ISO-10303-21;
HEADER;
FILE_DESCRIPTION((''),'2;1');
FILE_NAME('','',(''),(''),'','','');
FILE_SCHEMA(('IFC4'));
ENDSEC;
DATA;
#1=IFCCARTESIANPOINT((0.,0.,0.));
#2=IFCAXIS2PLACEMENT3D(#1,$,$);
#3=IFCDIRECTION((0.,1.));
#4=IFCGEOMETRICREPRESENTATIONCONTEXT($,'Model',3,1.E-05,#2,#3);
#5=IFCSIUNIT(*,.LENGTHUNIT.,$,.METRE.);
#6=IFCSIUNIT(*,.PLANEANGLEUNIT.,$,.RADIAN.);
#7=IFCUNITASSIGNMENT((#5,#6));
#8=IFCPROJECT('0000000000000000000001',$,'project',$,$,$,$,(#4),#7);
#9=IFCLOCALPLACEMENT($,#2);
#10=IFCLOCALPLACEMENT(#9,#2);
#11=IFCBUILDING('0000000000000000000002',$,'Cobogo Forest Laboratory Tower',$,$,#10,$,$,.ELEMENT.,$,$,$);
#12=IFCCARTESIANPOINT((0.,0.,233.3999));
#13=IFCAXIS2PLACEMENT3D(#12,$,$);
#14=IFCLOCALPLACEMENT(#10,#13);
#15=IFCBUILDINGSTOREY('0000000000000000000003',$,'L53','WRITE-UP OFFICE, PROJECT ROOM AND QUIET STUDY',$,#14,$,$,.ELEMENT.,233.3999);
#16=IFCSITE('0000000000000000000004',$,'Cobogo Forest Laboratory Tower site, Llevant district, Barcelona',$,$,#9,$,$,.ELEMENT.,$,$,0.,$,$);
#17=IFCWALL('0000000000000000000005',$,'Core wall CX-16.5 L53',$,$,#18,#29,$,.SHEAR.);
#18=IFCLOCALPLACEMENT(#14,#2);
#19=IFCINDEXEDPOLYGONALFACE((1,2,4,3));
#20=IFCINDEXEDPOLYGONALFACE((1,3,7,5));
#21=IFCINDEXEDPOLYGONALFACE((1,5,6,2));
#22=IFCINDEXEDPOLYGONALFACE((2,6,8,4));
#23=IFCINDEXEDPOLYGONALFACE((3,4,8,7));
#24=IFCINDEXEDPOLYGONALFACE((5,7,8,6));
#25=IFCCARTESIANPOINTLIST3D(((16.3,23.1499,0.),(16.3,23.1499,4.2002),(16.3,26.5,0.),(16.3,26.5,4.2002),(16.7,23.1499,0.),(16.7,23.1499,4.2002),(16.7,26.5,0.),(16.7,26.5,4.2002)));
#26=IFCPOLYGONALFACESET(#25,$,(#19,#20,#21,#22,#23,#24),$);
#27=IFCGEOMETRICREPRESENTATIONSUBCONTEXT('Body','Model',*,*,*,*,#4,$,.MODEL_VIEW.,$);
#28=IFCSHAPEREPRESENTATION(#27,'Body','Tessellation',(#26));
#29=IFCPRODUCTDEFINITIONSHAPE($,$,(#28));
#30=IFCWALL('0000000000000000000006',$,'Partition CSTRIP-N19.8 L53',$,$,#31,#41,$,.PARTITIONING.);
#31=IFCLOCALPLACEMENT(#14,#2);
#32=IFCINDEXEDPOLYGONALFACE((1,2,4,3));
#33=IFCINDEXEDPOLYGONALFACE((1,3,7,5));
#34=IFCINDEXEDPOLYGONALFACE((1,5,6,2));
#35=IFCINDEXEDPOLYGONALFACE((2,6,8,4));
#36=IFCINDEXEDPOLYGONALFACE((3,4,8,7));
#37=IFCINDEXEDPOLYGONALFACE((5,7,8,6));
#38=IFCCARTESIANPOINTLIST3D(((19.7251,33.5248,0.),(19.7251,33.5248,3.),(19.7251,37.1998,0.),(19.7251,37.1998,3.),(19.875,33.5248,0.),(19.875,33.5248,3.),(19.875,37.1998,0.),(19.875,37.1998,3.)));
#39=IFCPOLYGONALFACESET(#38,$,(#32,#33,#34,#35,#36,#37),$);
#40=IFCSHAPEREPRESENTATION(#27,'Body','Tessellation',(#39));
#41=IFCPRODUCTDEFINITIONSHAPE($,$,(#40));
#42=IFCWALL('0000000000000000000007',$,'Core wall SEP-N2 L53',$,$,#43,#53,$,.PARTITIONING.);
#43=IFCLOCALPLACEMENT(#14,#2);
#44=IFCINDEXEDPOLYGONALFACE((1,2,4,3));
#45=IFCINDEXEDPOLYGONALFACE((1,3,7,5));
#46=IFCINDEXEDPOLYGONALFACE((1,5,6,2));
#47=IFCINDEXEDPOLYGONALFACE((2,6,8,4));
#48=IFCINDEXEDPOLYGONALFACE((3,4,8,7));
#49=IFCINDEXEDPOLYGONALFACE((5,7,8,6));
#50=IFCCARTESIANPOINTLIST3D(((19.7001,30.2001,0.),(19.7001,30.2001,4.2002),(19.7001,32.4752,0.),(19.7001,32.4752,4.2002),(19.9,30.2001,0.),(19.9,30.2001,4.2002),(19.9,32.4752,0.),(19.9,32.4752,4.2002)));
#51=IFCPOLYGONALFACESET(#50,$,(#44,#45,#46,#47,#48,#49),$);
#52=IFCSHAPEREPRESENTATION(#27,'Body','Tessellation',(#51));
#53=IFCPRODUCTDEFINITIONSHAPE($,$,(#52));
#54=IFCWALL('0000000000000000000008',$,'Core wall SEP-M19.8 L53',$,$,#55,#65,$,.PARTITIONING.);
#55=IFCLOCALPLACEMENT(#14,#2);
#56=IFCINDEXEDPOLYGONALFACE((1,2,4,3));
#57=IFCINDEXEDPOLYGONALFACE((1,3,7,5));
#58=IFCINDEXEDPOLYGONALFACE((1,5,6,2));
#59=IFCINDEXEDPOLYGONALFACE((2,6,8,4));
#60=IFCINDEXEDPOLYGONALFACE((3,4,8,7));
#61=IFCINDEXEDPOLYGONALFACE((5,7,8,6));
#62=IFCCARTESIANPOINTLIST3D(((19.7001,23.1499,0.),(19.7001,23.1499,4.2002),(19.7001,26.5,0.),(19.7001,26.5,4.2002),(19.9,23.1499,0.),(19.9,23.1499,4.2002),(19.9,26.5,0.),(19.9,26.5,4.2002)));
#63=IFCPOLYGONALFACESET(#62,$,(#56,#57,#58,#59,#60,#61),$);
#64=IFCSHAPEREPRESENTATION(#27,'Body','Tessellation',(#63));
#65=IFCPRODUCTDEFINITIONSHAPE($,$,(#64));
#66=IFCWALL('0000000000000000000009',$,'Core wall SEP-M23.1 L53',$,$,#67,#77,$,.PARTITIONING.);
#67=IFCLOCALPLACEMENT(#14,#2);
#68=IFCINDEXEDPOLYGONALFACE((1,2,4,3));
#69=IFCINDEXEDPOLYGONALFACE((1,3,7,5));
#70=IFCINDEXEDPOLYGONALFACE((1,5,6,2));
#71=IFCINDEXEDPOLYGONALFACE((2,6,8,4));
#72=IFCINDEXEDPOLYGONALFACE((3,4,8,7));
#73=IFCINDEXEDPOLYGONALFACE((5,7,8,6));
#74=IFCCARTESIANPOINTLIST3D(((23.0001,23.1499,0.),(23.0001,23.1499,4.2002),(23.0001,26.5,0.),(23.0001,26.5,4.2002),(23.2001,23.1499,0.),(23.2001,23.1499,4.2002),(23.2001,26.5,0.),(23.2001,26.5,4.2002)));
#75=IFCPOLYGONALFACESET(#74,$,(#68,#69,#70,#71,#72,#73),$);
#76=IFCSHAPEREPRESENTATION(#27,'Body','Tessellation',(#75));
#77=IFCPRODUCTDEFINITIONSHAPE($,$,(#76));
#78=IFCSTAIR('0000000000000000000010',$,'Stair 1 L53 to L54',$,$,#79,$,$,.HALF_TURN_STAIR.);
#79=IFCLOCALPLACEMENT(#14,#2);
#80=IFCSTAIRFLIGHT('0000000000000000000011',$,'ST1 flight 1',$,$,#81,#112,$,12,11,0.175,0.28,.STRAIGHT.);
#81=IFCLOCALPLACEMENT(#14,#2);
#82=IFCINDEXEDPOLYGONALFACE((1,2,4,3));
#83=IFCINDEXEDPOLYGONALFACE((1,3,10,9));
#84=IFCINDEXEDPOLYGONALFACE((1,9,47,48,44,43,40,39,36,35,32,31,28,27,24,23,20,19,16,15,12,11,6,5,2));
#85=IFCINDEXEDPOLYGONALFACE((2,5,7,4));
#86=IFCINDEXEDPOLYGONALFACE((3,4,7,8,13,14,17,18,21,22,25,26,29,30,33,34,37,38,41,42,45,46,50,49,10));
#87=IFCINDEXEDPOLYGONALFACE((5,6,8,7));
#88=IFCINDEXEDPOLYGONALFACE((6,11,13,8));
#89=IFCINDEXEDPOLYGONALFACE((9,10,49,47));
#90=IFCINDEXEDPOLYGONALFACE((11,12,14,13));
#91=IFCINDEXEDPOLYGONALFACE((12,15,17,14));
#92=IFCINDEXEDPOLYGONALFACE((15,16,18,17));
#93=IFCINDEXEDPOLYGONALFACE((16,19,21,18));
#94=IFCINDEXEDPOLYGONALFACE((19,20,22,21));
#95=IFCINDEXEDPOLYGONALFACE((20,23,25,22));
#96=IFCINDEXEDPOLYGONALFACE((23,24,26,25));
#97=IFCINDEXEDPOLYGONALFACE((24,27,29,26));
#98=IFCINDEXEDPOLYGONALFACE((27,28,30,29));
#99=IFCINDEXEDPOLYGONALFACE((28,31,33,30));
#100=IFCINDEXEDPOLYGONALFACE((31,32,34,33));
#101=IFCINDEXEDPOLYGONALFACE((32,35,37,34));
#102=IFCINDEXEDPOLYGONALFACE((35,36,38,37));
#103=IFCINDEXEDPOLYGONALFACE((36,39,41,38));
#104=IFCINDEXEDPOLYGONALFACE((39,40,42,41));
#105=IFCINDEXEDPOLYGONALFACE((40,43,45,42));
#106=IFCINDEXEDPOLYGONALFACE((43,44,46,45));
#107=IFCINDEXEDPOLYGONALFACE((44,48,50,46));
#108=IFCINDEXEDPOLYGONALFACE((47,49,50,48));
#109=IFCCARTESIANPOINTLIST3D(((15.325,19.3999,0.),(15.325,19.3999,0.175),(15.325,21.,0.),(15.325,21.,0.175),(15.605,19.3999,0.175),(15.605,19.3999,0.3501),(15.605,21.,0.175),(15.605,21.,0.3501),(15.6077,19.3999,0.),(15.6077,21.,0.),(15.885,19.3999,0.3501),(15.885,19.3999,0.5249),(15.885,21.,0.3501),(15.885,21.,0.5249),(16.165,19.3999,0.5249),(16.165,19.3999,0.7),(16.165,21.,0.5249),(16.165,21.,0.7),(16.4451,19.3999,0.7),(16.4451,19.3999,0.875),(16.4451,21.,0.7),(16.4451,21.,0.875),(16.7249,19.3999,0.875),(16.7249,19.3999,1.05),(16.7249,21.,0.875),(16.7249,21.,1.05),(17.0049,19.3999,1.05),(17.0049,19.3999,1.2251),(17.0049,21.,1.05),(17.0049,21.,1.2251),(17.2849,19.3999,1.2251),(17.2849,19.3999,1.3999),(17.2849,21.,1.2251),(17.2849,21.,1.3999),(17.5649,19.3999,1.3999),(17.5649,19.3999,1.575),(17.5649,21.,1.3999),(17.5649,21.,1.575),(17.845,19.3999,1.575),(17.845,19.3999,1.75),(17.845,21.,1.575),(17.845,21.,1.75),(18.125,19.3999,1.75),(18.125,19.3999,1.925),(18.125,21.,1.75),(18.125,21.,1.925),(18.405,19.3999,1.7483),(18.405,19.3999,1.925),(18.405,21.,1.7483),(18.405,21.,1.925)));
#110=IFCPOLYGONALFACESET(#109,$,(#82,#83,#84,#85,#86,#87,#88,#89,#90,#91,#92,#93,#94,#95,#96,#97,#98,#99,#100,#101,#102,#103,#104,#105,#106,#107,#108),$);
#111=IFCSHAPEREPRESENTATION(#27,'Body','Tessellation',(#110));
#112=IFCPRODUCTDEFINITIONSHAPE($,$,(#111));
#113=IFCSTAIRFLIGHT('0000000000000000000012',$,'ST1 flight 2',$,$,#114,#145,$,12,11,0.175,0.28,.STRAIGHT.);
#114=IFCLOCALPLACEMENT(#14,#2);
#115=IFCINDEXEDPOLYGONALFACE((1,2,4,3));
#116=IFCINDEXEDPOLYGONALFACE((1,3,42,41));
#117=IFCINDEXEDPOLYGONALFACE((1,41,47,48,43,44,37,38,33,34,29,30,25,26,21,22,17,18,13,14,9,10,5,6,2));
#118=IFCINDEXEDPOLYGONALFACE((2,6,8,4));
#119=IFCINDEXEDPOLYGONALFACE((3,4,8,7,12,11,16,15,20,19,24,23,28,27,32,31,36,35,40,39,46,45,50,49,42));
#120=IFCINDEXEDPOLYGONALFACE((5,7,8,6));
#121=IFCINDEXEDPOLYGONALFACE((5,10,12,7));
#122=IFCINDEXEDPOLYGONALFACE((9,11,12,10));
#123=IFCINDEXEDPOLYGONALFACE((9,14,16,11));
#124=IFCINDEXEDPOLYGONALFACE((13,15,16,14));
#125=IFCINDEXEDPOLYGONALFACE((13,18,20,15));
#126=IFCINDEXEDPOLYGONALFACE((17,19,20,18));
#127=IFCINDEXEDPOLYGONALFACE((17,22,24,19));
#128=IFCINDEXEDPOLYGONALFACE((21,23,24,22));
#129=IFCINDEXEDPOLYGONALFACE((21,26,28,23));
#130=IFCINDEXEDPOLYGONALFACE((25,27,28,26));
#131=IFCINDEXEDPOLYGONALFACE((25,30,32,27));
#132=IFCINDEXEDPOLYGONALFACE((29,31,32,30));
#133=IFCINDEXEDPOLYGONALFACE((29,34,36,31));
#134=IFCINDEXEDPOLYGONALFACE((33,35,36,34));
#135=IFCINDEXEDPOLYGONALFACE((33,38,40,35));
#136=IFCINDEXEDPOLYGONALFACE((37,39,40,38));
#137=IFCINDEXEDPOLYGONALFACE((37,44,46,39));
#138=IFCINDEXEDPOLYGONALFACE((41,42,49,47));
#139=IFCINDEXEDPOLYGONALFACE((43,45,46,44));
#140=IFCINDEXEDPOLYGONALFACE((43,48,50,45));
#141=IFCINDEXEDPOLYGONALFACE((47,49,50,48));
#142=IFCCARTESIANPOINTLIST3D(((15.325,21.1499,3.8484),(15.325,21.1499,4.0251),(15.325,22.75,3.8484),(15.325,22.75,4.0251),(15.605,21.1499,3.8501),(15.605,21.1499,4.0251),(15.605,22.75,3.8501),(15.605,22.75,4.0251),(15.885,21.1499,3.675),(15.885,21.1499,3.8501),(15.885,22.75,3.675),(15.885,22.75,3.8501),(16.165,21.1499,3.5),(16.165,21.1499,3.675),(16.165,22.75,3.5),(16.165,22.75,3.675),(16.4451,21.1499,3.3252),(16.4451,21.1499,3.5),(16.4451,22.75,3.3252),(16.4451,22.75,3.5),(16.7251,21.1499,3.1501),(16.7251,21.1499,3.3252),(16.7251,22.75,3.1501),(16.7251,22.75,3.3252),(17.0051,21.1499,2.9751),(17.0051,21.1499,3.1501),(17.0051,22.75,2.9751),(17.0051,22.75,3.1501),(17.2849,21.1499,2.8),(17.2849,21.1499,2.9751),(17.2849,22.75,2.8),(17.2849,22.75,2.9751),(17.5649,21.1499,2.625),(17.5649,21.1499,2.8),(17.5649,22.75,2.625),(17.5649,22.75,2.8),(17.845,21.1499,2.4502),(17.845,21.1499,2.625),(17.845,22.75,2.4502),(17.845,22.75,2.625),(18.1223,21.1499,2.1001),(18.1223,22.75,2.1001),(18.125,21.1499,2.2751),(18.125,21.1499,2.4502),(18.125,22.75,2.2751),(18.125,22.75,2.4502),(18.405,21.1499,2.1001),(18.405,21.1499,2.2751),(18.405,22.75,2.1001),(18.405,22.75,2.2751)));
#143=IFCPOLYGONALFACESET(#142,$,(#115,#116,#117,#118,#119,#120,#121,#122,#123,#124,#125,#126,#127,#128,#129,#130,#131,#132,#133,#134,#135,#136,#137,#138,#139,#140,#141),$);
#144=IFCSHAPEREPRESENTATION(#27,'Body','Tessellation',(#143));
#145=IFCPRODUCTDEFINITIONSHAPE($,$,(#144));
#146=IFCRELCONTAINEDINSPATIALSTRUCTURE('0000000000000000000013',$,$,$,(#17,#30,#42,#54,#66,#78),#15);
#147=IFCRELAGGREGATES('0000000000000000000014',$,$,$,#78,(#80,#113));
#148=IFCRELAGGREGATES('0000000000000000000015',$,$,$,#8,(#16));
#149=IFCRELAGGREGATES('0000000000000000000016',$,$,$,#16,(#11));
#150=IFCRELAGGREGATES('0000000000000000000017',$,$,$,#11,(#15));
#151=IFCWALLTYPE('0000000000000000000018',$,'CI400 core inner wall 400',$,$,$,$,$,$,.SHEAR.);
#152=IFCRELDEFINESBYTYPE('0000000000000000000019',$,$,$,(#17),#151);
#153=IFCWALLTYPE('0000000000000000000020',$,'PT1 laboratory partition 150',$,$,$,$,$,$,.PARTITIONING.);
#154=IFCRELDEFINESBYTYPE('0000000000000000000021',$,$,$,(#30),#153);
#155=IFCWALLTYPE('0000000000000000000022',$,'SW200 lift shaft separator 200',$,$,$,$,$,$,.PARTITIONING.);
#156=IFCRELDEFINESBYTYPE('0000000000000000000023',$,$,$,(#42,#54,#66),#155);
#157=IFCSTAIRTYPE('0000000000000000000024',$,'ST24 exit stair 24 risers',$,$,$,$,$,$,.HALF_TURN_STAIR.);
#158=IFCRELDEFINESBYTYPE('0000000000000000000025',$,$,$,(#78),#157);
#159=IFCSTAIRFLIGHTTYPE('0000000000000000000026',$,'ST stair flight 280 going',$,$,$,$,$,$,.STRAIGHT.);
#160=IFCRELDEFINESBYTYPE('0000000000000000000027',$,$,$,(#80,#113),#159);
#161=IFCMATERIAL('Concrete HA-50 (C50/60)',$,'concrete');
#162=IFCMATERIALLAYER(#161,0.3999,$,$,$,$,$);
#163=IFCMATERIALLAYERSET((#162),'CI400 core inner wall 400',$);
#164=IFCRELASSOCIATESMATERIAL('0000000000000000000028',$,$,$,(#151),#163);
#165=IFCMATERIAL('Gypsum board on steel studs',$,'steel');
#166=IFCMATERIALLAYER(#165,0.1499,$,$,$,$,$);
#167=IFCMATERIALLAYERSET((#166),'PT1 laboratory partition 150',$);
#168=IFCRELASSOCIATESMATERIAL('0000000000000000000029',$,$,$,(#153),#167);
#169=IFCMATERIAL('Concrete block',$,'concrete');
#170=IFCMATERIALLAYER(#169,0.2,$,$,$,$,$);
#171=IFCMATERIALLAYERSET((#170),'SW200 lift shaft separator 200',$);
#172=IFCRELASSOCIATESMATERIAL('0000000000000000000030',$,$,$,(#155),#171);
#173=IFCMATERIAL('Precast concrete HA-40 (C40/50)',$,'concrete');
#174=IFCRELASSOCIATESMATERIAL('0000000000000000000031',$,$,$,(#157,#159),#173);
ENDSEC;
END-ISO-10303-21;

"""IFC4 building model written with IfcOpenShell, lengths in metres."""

from ifc_helpers import new_model, si_unit, direction, frame, frame_2d, origin, place, context, subcontext, project, spatial, polyline, rectangle, outline, extrude, material, layer, layer_set, type_object, element, aggregate, save


model = new_model("IFC4")

# Units and contexts
model_context = context("Model", 3, precision=1e-05, world=origin(), true_north=direction((0.0, 1.0)))
body_context = subcontext(model_context, "Body", "Model", "MODEL_VIEW")
ifc_project = project(units=[si_unit("LENGTHUNIT", "METRE"), si_unit("PLANEANGLEUNIT", "RADIAN")], contexts=[model_context])

# Site, building, storey
site_placement = place(None, origin())
site = spatial("IfcSite", under=ifc_project, at=site_placement, Name="Cobogo Forest Laboratory Tower site, Llevant district, Barcelona", CompositionType="ELEMENT", RefElevation=0.0)
building_placement = place(site_placement, origin())
building = spatial("IfcBuilding", under=site, at=building_placement, Name="Cobogo Forest Laboratory Tower", CompositionType="ELEMENT")
storey_placement = place(building_placement, frame((0.0, 0.0, 233.3999)))
storey = spatial("IfcBuildingStorey", under=building, at=storey_placement, Name="L53", Description="WRITE-UP OFFICE, PROJECT ROOM AND QUIET STUDY", CompositionType="ELEMENT", Elevation=233.3999)

# Shared definitions
ifc_material_1 = material(Name="Concrete HA-50 (C50/60)", Category="concrete")
ifc_layer_1 = layer(ifc_material_1, 0.3999)
ifc_layer_set_1 = layer_set([ifc_layer_1], Name="CI400 core inner wall 400")
wall_type_1 = type_object("IfcWallType", Name="CI400 core inner wall 400", PredefinedType="SHEAR", material=ifc_layer_set_1)

# Walls
wall_1_placement = place(storey_placement, frame((16.5, 23.1499, 0.0), z_axis=(0.0, 0.0, 1.0), x_axis=(0.0, 1.0, 0.0)))
element("IfcWall", 1, at=wall_1_placement, inside=storey, type_object=wall_type_1, Name="Core wall CX-16.5 L53", PredefinedType="SHEAR", context=body_context, shape_type="SweptSolid", body=[
    extrude(rectangle(XDim=3.3501, YDim=0.3999, at=frame_2d((1.675, 0.0))), origin(), (0.0, 0.0, 1.0), 4.2002),
])
ifc_material_2 = material(Name="Gypsum board on steel studs", Category="steel")
ifc_layer_2 = layer(ifc_material_2, 0.1499)
ifc_layer_set_2 = layer_set([ifc_layer_2], Name="PT1 laboratory partition 150")
wall_type_2 = type_object("IfcWallType", Name="PT1 laboratory partition 150", PredefinedType="PARTITIONING", material=ifc_layer_set_2)
wall_2_placement = place(storey_placement, frame((19.8, 33.5249, 0.0), z_axis=(0.0, 0.0, 1.0), x_axis=(0.0, 1.0, 0.0)))
element("IfcWall", 2, at=wall_2_placement, inside=storey, type_object=wall_type_2, Name="Partition CSTRIP-N19.8 L53", PredefinedType="PARTITIONING", context=body_context, shape_type="SweptSolid", body=[
    extrude(rectangle(XDim=3.675, YDim=0.1499, at=frame_2d((1.8374, 0.0))), origin(), (0.0, 0.0, 1.0), 3.0),
])
ifc_material_3 = material(Name="Concrete block", Category="concrete")
ifc_layer_3 = layer(ifc_material_3, 0.2)
ifc_layer_set_3 = layer_set([ifc_layer_3], Name="SW200 lift shaft separator 200")
wall_type_3 = type_object("IfcWallType", Name="SW200 lift shaft separator 200", PredefinedType="PARTITIONING", material=ifc_layer_set_3)
wall_3_placement = place(storey_placement, frame((19.8, 30.2, 0.0), z_axis=(0.0, 0.0, 1.0), x_axis=(0.0, 1.0, 0.0)))
element("IfcWall", 3, at=wall_3_placement, inside=storey, type_object=wall_type_3, Name="Core wall SEP-N2 L53", PredefinedType="PARTITIONING", context=body_context, shape_type="SweptSolid", body=[
    extrude(rectangle(XDim=2.2751, YDim=0.2, at=frame_2d((1.1377, 0.0))), origin(), (0.0, 0.0, 1.0), 4.2002),
])
for number, where, z_axis, x_axis, name in (
    (4, (19.8, 23.1499, 0.0), (0.0, 0.0, 1.0), (0.0, 1.0, 0.0), "Core wall SEP-M19.8 L53"),
    (5, (23.1001, 23.1499, 0.0), (0.0, 0.0, 1.0), (0.0, 1.0, 0.0), "Core wall SEP-M23.1 L53"),
):
    element("IfcWall", number, at=place(storey_placement, frame(where, z_axis=z_axis, x_axis=x_axis)), inside=storey, type_object=wall_type_3, Name=name, PredefinedType="PARTITIONING", context=body_context, shape_type="SweptSolid", body=[
        extrude(rectangle(XDim=3.3501, YDim=0.2, at=frame_2d((1.675, 0.0))), origin(), (0.0, 0.0, 1.0), 4.2002),
    ])

# Stair, stair flights
ifc_material_4 = material(Name="Precast concrete HA-40 (C40/50)", Category="concrete")
stair_type = type_object("IfcStairType", Name="ST24 exit stair 24 risers", PredefinedType="HALF_TURN_STAIR", material=ifc_material_4)
stair_placement = place(storey_placement, origin())
stair = element("IfcStair", 6, at=stair_placement, inside=storey, type_object=stair_type, Name="Stair 1 L53 to L54", PredefinedType="HALF_TURN_STAIR")
stair_flight_type = type_object("IfcStairFlightType", Name="ST stair flight 280 going", PredefinedType="STRAIGHT", material=ifc_material_4)
stair_flight_1_placement = place(storey_placement, frame((15.325, 20.2, 0.0), z_axis=(0.0, 0.0, 1.0), x_axis=(1.0, 0.0, 0.0)))
stair_flight_1 = element("IfcStairFlight", 7, at=stair_flight_1_placement, type_object=stair_flight_type, Name="ST1 flight 1", NumberOfRisers=12, NumberOfTreads=11, PredefinedType="STRAIGHT", RiserHeight=0.175, TreadLength=0.28, context=body_context, shape_type="SweptSolid", body=[
    extrude(outline(polyline([(0.0, 0.0), (0.0, 0.175), (0.28, 0.175), (0.28, 0.3501), (0.5601, 0.3501), (0.5601, 0.5249), (0.8401, 0.5249), (0.8401, 0.7), (1.1201, 0.7), (1.1201, 0.875), (1.3999, 0.875), (1.3999, 1.05), (1.6799, 1.05), (1.6799, 1.2251), (1.96, 1.2251), (1.96, 1.3999), (2.24, 1.3999), (2.24, 1.575), (2.52, 1.575), (2.52, 1.75), (2.8, 1.75), (2.8, 1.925), (3.0801, 1.925), (3.0801, 2.1001), (3.0801, 1.7483), (0.2827, 0.0), (0.0, 0.0)])), frame((0.0, 0.8, 0.0), z_axis=(0.0, -1.0, 0.0), x_axis=(1.0, 0.0, 0.0)), (0.0, 0.0, 1.0), 1.6001),
])
stair_flight_2_placement = place(storey_placement, frame((18.405, 21.95, 2.1001), z_axis=(0.0, 0.0, 1.0), x_axis=(-1.0, 0.0, 0.0)))
stair_flight_2 = element("IfcStairFlight", 8, at=stair_flight_2_placement, type_object=stair_flight_type, Name="ST1 flight 2", NumberOfRisers=12, NumberOfTreads=11, PredefinedType="STRAIGHT", RiserHeight=0.175, TreadLength=0.28, context=body_context, shape_type="SweptSolid", body=[
    extrude(outline(polyline([(0.0, 0.0), (0.0, 0.175), (0.28, 0.175), (0.28, 0.3501), (0.5601, 0.3501), (0.5601, 0.5249), (0.8401, 0.5249), (0.8401, 0.7), (1.1201, 0.7), (1.1201, 0.875), (1.3999, 0.875), (1.3999, 1.05), (1.6799, 1.05), (1.6799, 1.2251), (1.96, 1.2251), (1.96, 1.3999), (2.24, 1.3999), (2.24, 1.575), (2.52, 1.575), (2.52, 1.75), (2.8, 1.75), (2.8, 1.925), (3.0801, 1.925), (3.0801, 2.1001), (3.0801, 1.7483), (0.2827, 0.0), (0.0, 0.0)])), frame((0.0, 0.8, 0.0), z_axis=(0.0, -1.0, 0.0), x_axis=(1.0, 0.0, 0.0)), (0.0, 0.0, 1.0), 1.6001),
])
aggregate(stair, [stair_flight_1, stair_flight_2])

save(model, "model.ifc")
